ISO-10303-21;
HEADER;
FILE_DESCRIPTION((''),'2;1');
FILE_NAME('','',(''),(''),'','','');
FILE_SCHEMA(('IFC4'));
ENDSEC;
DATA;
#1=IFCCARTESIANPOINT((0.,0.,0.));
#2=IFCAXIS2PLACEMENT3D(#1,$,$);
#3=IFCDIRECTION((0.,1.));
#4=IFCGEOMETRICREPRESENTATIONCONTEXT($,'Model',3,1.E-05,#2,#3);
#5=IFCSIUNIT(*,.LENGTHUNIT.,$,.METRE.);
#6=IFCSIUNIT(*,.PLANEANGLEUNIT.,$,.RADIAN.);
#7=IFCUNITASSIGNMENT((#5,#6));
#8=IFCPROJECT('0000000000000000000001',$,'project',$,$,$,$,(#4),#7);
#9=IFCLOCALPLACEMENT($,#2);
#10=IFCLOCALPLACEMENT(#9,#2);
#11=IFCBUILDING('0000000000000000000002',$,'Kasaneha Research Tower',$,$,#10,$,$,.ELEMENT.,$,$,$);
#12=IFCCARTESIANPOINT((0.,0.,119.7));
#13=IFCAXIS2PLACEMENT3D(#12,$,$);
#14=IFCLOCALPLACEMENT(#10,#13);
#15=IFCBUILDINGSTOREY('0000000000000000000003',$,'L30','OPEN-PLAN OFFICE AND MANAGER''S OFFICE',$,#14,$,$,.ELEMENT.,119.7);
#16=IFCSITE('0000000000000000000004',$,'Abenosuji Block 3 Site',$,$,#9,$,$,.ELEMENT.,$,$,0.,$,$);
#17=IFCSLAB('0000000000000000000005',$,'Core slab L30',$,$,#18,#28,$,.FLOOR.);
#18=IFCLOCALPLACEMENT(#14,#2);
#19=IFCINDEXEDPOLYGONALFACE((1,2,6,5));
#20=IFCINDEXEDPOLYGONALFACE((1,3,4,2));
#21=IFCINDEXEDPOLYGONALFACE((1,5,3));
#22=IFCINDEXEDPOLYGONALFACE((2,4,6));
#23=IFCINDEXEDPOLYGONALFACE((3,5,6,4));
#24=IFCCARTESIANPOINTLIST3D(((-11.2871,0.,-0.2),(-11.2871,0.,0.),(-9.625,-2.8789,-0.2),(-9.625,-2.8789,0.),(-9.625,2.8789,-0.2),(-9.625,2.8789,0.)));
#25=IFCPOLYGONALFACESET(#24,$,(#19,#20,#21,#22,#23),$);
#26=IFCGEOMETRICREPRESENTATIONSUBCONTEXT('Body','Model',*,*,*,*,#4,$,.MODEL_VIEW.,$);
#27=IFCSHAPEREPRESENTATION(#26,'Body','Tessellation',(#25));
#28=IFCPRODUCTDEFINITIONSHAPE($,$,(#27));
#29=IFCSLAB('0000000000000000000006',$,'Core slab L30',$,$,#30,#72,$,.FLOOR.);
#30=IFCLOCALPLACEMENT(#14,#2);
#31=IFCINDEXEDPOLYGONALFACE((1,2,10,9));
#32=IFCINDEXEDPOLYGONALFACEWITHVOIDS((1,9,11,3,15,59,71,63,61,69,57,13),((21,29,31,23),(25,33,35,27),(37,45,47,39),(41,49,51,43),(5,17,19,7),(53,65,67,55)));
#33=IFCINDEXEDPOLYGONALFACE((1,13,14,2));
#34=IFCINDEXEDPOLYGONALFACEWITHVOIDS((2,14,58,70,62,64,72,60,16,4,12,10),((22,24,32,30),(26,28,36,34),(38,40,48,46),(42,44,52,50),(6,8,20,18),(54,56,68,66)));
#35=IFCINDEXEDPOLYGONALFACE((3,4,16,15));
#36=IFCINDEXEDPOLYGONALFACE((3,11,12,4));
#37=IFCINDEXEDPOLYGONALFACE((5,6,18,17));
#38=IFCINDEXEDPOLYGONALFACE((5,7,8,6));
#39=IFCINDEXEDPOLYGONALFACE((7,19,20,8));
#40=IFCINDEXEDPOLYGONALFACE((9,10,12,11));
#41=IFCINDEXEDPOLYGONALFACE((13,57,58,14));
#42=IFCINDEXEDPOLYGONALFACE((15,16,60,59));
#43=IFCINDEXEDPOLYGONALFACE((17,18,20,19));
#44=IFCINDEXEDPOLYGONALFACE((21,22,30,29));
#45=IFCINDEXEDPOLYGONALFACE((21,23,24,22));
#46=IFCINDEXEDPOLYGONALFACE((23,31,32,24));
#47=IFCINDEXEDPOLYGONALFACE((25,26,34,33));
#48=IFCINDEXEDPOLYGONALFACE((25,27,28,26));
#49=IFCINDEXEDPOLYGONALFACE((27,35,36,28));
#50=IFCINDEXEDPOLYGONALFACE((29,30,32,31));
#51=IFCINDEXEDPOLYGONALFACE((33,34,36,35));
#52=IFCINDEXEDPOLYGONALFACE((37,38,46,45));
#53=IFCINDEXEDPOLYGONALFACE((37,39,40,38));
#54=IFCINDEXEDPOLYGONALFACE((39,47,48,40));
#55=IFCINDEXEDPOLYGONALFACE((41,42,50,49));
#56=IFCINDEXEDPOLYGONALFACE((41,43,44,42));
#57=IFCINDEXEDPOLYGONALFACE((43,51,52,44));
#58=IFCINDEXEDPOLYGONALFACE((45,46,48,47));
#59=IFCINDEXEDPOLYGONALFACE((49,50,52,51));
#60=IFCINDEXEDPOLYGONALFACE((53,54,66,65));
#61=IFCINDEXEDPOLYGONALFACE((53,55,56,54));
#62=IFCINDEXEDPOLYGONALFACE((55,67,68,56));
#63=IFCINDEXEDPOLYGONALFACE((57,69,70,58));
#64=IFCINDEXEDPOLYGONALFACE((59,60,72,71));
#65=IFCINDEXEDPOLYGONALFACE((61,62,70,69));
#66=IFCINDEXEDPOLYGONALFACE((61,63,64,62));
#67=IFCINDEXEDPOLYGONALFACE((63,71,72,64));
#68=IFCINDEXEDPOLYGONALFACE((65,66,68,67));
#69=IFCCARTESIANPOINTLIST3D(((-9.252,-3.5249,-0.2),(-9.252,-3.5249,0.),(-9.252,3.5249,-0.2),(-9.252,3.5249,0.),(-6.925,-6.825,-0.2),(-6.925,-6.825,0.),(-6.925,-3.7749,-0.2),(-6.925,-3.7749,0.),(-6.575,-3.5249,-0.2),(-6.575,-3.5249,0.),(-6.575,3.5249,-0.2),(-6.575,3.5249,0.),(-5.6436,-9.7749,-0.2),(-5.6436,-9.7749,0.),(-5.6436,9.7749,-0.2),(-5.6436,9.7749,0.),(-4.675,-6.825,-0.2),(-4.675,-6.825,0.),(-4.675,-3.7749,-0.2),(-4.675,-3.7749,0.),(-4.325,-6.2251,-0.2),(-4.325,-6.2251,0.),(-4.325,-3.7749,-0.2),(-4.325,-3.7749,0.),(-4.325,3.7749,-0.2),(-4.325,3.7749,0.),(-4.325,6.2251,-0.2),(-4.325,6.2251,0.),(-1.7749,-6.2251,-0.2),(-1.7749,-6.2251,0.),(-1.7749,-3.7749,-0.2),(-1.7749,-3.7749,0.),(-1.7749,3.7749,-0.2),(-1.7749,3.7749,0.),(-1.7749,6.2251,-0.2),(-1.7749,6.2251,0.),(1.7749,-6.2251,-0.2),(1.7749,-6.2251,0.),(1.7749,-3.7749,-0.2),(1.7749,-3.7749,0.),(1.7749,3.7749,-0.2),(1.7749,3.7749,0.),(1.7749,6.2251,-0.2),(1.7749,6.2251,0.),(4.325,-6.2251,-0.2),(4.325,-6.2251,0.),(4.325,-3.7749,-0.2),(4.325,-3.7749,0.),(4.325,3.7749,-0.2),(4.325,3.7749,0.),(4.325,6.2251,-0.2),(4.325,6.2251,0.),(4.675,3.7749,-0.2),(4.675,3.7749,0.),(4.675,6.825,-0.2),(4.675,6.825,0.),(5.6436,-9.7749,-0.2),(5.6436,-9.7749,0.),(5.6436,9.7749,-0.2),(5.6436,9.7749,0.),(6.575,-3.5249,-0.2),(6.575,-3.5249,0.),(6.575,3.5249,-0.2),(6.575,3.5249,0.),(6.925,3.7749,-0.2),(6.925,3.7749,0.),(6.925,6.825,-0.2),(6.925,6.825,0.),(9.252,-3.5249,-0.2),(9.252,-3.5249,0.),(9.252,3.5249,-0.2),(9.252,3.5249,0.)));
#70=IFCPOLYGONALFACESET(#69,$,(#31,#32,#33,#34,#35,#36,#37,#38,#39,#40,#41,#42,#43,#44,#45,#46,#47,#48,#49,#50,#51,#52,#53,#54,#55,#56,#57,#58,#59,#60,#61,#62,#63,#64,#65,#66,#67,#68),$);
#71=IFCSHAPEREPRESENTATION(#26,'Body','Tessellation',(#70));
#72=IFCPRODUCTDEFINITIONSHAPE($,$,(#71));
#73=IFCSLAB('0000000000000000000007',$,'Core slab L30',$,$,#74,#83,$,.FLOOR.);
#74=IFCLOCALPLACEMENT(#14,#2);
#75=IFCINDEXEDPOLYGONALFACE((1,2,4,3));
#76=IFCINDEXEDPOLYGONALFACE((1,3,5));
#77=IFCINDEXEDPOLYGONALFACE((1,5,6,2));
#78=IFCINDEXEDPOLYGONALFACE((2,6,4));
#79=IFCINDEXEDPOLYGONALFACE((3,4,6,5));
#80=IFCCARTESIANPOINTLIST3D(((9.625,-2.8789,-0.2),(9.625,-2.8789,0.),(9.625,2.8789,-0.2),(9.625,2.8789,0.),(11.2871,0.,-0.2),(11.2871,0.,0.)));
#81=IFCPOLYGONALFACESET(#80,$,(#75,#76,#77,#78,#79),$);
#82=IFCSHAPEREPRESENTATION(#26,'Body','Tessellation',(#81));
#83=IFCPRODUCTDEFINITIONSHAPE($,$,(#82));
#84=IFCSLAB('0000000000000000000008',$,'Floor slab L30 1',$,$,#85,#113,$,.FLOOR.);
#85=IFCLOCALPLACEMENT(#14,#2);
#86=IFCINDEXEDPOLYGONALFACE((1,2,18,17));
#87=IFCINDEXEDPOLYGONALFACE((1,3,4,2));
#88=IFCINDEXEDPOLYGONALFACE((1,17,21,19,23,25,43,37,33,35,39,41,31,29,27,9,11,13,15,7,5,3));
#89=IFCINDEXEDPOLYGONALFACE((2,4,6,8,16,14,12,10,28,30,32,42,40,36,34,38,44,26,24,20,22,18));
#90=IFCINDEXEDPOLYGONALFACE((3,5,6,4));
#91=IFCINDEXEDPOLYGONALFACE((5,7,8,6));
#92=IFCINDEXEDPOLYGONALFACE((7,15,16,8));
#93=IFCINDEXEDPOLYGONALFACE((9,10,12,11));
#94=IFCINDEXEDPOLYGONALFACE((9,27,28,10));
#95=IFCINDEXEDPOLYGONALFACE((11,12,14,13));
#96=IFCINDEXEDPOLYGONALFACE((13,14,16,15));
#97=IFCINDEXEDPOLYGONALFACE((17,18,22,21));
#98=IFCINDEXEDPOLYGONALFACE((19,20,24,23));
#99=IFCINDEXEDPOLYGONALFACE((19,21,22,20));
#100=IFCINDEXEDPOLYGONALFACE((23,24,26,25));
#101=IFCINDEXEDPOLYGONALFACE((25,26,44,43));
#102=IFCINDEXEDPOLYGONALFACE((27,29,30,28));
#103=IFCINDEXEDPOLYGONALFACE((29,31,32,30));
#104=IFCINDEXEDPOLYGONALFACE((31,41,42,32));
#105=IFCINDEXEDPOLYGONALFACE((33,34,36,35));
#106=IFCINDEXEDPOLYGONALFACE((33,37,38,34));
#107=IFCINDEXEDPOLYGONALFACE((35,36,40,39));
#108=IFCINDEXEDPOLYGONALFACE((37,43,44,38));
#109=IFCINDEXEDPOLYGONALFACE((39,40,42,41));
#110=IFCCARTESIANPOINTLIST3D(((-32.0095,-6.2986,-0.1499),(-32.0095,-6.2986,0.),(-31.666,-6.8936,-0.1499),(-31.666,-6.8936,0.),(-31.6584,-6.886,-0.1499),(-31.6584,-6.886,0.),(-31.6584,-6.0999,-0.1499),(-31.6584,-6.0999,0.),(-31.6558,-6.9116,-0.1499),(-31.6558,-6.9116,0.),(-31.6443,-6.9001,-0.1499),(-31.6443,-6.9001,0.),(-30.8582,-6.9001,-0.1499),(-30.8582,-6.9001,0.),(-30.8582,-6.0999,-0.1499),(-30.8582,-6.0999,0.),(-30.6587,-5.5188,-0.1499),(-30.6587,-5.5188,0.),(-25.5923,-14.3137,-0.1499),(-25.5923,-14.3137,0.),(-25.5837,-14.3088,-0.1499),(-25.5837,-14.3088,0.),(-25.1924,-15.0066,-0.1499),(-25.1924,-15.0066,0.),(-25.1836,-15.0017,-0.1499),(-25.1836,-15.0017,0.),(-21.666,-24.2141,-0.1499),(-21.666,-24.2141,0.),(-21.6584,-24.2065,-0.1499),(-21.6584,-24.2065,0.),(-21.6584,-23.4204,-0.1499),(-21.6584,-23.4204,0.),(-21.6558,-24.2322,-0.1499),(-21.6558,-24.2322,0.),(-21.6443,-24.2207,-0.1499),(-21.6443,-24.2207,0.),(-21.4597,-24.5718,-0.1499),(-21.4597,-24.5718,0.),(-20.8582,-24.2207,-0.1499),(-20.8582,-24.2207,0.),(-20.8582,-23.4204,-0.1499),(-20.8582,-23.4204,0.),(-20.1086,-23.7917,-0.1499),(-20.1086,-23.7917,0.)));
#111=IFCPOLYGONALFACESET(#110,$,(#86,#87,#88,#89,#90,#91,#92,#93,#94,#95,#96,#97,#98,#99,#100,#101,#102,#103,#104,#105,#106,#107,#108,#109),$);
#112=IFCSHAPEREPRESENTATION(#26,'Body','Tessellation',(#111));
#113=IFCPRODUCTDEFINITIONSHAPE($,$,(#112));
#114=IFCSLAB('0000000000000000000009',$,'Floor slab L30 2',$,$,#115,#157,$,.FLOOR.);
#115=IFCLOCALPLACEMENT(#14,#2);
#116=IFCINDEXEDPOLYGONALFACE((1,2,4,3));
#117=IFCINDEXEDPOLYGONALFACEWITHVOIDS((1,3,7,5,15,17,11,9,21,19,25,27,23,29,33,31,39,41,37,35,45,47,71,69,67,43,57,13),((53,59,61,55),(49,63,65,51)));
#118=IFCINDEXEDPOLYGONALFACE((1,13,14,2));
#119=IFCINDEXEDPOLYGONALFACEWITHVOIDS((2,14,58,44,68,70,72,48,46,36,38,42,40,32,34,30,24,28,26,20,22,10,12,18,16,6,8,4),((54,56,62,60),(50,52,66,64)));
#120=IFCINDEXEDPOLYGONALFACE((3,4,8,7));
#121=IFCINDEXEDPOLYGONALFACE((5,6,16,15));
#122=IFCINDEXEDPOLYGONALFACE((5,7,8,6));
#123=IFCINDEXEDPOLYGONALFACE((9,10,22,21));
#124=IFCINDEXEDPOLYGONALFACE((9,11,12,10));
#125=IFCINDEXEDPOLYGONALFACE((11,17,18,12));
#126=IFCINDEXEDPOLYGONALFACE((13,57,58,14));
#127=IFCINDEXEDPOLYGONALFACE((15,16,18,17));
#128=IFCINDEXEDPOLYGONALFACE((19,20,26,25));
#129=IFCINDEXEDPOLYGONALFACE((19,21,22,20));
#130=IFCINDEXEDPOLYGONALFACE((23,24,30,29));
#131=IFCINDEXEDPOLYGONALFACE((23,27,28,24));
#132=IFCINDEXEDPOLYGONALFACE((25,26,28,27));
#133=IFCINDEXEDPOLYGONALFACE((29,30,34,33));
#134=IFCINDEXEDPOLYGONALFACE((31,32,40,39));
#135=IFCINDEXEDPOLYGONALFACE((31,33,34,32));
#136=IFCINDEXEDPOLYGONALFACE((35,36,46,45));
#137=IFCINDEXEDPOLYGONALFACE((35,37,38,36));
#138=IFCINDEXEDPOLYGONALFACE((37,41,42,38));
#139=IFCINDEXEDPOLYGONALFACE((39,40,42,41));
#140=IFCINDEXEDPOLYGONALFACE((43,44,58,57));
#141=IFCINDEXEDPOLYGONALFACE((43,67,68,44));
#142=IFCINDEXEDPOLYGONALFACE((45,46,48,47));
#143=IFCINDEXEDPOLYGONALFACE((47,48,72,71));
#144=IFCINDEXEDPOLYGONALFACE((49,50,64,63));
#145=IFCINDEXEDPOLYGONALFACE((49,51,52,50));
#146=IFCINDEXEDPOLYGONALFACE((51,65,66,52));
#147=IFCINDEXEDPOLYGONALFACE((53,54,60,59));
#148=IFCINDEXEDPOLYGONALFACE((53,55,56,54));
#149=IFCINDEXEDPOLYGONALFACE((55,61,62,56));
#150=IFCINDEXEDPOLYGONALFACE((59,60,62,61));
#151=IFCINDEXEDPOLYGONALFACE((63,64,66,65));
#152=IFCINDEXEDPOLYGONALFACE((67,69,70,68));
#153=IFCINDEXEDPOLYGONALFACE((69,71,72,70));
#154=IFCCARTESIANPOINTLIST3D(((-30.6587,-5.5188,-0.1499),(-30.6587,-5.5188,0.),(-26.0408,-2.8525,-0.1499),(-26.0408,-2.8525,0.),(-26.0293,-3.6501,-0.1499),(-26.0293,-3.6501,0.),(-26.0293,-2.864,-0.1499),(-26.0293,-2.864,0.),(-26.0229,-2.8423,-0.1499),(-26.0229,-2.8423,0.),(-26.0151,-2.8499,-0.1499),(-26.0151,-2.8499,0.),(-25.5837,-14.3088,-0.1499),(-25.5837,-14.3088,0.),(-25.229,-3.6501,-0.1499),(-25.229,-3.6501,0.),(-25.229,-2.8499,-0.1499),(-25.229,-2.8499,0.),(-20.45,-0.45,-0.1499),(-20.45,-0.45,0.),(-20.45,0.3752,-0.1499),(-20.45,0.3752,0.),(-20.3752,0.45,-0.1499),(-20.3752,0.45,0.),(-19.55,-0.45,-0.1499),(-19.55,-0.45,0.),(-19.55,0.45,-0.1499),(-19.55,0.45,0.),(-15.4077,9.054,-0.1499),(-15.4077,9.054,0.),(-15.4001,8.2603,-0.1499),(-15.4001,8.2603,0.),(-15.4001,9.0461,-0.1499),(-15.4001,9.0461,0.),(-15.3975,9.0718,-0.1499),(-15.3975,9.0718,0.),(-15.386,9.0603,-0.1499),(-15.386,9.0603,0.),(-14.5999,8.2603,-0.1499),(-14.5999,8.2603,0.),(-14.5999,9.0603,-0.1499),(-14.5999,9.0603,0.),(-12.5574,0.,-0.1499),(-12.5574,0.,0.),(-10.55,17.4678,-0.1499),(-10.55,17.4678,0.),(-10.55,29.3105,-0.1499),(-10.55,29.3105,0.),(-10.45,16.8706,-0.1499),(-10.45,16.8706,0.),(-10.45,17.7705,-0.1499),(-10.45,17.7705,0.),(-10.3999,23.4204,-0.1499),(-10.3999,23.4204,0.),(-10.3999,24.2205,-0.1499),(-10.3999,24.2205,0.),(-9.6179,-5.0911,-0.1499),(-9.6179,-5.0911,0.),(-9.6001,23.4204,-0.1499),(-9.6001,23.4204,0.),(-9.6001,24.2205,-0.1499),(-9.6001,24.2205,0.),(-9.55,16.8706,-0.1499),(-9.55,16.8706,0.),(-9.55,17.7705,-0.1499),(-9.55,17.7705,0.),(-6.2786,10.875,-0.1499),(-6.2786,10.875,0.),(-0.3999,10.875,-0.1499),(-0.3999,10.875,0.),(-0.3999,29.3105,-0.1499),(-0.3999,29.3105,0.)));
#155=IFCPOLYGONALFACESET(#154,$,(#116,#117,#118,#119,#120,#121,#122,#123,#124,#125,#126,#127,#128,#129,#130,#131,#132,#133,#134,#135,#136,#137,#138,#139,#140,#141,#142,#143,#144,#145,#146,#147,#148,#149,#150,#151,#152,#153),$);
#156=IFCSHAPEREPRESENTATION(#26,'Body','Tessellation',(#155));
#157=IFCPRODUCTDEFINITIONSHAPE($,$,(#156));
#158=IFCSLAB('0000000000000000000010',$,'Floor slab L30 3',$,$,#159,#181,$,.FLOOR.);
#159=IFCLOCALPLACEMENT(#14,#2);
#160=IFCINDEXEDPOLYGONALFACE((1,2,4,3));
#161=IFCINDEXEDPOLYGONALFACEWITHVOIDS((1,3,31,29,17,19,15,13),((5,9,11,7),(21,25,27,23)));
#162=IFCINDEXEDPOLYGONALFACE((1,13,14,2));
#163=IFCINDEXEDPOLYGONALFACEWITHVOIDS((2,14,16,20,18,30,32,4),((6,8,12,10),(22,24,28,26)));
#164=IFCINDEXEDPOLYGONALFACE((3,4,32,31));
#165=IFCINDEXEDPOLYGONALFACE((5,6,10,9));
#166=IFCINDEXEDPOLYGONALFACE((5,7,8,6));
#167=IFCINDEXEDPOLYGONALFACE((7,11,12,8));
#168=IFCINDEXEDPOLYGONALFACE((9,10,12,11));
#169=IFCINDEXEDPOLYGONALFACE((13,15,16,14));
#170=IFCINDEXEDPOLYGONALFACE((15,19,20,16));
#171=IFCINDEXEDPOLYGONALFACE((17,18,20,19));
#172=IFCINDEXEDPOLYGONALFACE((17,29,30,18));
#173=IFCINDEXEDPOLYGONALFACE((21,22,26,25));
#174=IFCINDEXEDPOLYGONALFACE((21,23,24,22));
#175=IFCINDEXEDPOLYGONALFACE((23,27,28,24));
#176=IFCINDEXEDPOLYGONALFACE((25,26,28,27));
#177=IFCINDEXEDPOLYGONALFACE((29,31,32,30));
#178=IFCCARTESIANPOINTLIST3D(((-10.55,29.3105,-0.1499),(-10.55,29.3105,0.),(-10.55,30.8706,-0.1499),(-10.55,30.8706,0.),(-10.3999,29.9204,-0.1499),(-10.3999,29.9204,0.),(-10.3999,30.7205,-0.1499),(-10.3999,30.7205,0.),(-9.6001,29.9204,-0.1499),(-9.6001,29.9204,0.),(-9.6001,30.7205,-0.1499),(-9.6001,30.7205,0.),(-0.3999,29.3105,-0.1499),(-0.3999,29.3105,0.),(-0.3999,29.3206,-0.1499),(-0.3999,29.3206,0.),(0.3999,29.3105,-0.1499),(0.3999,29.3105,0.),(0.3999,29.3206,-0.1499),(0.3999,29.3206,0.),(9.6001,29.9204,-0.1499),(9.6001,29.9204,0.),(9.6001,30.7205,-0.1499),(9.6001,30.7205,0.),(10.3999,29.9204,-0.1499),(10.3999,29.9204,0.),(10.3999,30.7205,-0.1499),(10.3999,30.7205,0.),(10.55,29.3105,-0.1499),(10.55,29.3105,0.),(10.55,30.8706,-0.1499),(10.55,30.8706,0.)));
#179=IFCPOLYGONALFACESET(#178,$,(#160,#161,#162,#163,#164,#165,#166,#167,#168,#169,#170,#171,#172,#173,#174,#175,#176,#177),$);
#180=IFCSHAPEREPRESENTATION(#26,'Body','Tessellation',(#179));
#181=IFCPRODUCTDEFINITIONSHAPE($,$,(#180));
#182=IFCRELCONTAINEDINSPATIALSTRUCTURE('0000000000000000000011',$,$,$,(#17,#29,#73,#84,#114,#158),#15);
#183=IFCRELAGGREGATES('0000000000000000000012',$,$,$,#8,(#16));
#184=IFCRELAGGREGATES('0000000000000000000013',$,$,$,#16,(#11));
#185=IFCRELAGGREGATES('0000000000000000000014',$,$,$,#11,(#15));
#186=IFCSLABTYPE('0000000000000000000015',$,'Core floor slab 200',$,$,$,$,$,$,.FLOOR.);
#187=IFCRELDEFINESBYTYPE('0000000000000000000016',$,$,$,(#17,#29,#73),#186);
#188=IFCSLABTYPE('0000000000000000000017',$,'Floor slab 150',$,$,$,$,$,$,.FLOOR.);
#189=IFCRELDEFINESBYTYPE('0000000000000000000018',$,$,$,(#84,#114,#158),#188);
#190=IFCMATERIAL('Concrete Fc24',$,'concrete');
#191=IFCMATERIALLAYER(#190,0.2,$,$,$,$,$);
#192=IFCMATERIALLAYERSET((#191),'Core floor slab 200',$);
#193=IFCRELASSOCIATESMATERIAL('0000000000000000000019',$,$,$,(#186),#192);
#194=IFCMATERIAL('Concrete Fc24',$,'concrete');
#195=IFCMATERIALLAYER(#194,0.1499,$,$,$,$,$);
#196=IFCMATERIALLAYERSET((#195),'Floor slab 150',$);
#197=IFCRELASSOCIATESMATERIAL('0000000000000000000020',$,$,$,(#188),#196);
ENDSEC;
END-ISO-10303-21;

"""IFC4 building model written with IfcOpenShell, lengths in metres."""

from ifc_helpers import new_model, si_unit, direction, frame, origin, place, context, subcontext, project, spatial, polyline, outline, extrude, material, layer, layer_set, type_object, element, save


model = new_model("IFC4")

# Units and contexts
model_context = context("Model", 3, precision=1e-05, world=origin(), true_north=direction((0.0, 1.0)))
body_context = subcontext(model_context, "Body", "Model", "MODEL_VIEW")
ifc_project = project(units=[si_unit("LENGTHUNIT", "METRE"), si_unit("PLANEANGLEUNIT", "RADIAN")], contexts=[model_context])

# Site, building, storey
site_placement = place(None, origin())
site = spatial("IfcSite", under=ifc_project, at=site_placement, Name="Abenosuji Block 3 Site", CompositionType="ELEMENT", RefElevation=0.0)
building_placement = place(site_placement, origin())
building = spatial("IfcBuilding", under=site, at=building_placement, Name="Kasaneha Research Tower", CompositionType="ELEMENT")
storey_placement = place(building_placement, frame((0.0, 0.0, 119.7)))
storey = spatial("IfcBuildingStorey", under=building, at=storey_placement, Name="L30", Description="OPEN-PLAN OFFICE AND MANAGER'S OFFICE", CompositionType="ELEMENT", Elevation=119.7)

# Slabs
ifc_material_1 = material(Name="Concrete Fc24", Category="concrete")
ifc_layer_1 = layer(ifc_material_1, 0.2)
ifc_layer_set_1 = layer_set([ifc_layer_1], Name="Core floor slab 200")
slab_type_1 = type_object("IfcSlabType", Name="Core floor slab 200", PredefinedType="FLOOR", material=ifc_layer_set_1)
slab_1_placement = place(storey_placement, frame((0.0, 0.0, -0.2)))
element("IfcSlab", 1, at=slab_1_placement, inside=storey, type_object=slab_type_1, Name="Core slab L30", PredefinedType="FLOOR", context=body_context, shape_type="SweptSolid", body=[
    extrude(outline(polyline([(-11.2871, 0.0), (-9.625, 2.8789), (-9.625, -2.8789), (-11.2871, 0.0)])), origin(), (0.0, 0.0, 1.0), 0.2),
])
slab_2_placement = place(storey_placement, frame((0.0, 0.0, -0.2)))
element("IfcSlab", 2, at=slab_2_placement, inside=storey, type_object=slab_type_1, Name="Core slab L30", PredefinedType="FLOOR", context=body_context, shape_type="SweptSolid", body=[
    extrude(outline(polyline([(-5.6436, 9.7749), (5.6436, 9.7749), (9.252, 3.5249), (6.575, 3.5249), (6.575, -3.5249), (9.252, -3.5249), (5.6436, -9.7749), (-5.6436, -9.7749), (-9.252, -3.5249), (-6.575, -3.5249), (-6.575, 3.5249), (-9.252, 3.5249), (-5.6436, 9.7749)]), holes=[polyline([(-6.925, -3.7749), (-6.925, -6.825), (-4.675, -6.825), (-4.675, -3.7749), (-6.925, -3.7749)]), polyline([(-4.325, -3.7749), (-4.325, -6.2251), (-1.7749, -6.2251), (-1.7749, -3.7749), (-4.325, -3.7749)]), polyline([(1.7749, -3.7749), (1.7749, -6.2251), (4.325, -6.2251), (4.325, -3.7749), (1.7749, -3.7749)]), polyline([(-4.325, 6.2251), (-4.325, 3.7749), (-1.7749, 3.7749), (-1.7749, 6.2251), (-4.325, 6.2251)]), polyline([(1.7749, 6.2251), (1.7749, 3.7749), (4.325, 3.7749), (4.325, 6.2251), (1.7749, 6.2251)]), polyline([(4.675, 6.825), (4.675, 3.7749), (6.925, 3.7749), (6.925, 6.825), (4.675, 6.825)])]), origin(), (0.0, 0.0, 1.0), 0.2),
])
slab_3_placement = place(storey_placement, frame((0.0, 0.0, -0.2)))
element("IfcSlab", 3, at=slab_3_placement, inside=storey, type_object=slab_type_1, Name="Core slab L30", PredefinedType="FLOOR", context=body_context, shape_type="SweptSolid", body=[
    extrude(outline(polyline([(11.2871, 0.0), (9.625, -2.8789), (9.625, 2.8789), (11.2871, 0.0)])), origin(), (0.0, 0.0, 1.0), 0.2),
])
ifc_material_2 = material(Name="Concrete Fc24", Category="concrete")
ifc_layer_2 = layer(ifc_material_2, 0.1499)
ifc_layer_set_2 = layer_set([ifc_layer_2], Name="Floor slab 150")
slab_type_2 = type_object("IfcSlabType", Name="Floor slab 150", PredefinedType="FLOOR", material=ifc_layer_set_2)
slab_4_placement = place(storey_placement, frame((0.0, 0.0, -0.1499)))
element("IfcSlab", 4, at=slab_4_placement, inside=storey, type_object=slab_type_2, Name="Floor slab L30 1", PredefinedType="FLOOR", context=body_context, shape_type="SweptSolid", body=[
    extrude(outline(polyline([(-25.1924, -15.0066), (-25.1836, -15.0017), (-20.1086, -23.7917), (-21.4597, -24.5718), (-21.6558, -24.2322), (-21.6443, -24.2207), (-20.8582, -24.2207), (-20.8582, -23.4204), (-21.6584, -23.4204), (-21.6584, -24.2065), (-21.666, -24.2141), (-31.6558, -6.9116), (-31.6443, -6.9001), (-30.8582, -6.9001), (-30.8582, -6.0999), (-31.6584, -6.0999), (-31.6584, -6.886), (-31.666, -6.8936), (-32.0095, -6.2986), (-30.6587, -5.5188), (-25.5837, -14.3088), (-25.5923, -14.3137), (-25.1924, -15.0066)])), origin(), (0.0, 0.0, 1.0), 0.1499),
])
slab_5_placement = place(storey_placement, frame((0.0, 0.0, -0.1499)))
element("IfcSlab", 5, at=slab_5_placement, inside=storey, type_object=slab_type_2, Name="Floor slab L30 2", PredefinedType="FLOOR", context=body_context, shape_type="SweptSolid", body=[
    extrude(outline(polyline([(-20.3752, 0.45), (-15.4077, 9.054), (-15.4001, 9.0461), (-15.4001, 8.2603), (-14.5999, 8.2603), (-14.5999, 9.0603), (-15.386, 9.0603), (-15.3975, 9.0718), (-10.55, 17.4678), (-10.55, 29.3105), (-0.3999, 29.3105), (-0.3999, 10.875), (-6.2786, 10.875), (-12.5574, 0.0), (-9.6179, -5.0911), (-25.5837, -14.3088), (-30.6587, -5.5188), (-26.0408, -2.8525), (-26.0293, -2.864), (-26.0293, -3.6501), (-25.229, -3.6501), (-25.229, -2.8499), (-26.0151, -2.8499), (-26.0229, -2.8423), (-20.45, 0.3752), (-20.45, -0.45), (-19.55, -0.45), (-19.55, 0.45), (-20.3752, 0.45)]), holes=[polyline([(-9.55, 17.7705), (-10.45, 17.7705), (-10.45, 16.8706), (-9.55, 16.8706), (-9.55, 17.7705)]), polyline([(-9.6001, 23.4204), (-9.6001, 24.2205), (-10.3999, 24.2205), (-10.3999, 23.4204), (-9.6001, 23.4204)])]), origin(), (0.0, 0.0, 1.0), 0.1499),
])
slab_6_placement = place(storey_placement, frame((0.0, 0.0, -0.1499)))
element("IfcSlab", 6, at=slab_6_placement, inside=storey, type_object=slab_type_2, Name="Floor slab L30 3", PredefinedType="FLOOR", context=body_context, shape_type="SweptSolid", body=[
    extrude(outline(polyline([(10.55, 29.3105), (0.3999, 29.3105), (0.3999, 29.3206), (-0.3999, 29.3206), (-0.3999, 29.3105), (-10.55, 29.3105), (-10.55, 30.8706), (10.55, 30.8706), (10.55, 29.3105)]), holes=[polyline([(-9.6001, 30.7205), (-10.3999, 30.7205), (-10.3999, 29.9204), (-9.6001, 29.9204), (-9.6001, 30.7205)]), polyline([(10.3999, 29.9204), (10.3999, 30.7205), (9.6001, 30.7205), (9.6001, 29.9204), (10.3999, 29.9204)])]), origin(), (0.0, 0.0, 1.0), 0.1499),
])

save(model, "model.ifc")
